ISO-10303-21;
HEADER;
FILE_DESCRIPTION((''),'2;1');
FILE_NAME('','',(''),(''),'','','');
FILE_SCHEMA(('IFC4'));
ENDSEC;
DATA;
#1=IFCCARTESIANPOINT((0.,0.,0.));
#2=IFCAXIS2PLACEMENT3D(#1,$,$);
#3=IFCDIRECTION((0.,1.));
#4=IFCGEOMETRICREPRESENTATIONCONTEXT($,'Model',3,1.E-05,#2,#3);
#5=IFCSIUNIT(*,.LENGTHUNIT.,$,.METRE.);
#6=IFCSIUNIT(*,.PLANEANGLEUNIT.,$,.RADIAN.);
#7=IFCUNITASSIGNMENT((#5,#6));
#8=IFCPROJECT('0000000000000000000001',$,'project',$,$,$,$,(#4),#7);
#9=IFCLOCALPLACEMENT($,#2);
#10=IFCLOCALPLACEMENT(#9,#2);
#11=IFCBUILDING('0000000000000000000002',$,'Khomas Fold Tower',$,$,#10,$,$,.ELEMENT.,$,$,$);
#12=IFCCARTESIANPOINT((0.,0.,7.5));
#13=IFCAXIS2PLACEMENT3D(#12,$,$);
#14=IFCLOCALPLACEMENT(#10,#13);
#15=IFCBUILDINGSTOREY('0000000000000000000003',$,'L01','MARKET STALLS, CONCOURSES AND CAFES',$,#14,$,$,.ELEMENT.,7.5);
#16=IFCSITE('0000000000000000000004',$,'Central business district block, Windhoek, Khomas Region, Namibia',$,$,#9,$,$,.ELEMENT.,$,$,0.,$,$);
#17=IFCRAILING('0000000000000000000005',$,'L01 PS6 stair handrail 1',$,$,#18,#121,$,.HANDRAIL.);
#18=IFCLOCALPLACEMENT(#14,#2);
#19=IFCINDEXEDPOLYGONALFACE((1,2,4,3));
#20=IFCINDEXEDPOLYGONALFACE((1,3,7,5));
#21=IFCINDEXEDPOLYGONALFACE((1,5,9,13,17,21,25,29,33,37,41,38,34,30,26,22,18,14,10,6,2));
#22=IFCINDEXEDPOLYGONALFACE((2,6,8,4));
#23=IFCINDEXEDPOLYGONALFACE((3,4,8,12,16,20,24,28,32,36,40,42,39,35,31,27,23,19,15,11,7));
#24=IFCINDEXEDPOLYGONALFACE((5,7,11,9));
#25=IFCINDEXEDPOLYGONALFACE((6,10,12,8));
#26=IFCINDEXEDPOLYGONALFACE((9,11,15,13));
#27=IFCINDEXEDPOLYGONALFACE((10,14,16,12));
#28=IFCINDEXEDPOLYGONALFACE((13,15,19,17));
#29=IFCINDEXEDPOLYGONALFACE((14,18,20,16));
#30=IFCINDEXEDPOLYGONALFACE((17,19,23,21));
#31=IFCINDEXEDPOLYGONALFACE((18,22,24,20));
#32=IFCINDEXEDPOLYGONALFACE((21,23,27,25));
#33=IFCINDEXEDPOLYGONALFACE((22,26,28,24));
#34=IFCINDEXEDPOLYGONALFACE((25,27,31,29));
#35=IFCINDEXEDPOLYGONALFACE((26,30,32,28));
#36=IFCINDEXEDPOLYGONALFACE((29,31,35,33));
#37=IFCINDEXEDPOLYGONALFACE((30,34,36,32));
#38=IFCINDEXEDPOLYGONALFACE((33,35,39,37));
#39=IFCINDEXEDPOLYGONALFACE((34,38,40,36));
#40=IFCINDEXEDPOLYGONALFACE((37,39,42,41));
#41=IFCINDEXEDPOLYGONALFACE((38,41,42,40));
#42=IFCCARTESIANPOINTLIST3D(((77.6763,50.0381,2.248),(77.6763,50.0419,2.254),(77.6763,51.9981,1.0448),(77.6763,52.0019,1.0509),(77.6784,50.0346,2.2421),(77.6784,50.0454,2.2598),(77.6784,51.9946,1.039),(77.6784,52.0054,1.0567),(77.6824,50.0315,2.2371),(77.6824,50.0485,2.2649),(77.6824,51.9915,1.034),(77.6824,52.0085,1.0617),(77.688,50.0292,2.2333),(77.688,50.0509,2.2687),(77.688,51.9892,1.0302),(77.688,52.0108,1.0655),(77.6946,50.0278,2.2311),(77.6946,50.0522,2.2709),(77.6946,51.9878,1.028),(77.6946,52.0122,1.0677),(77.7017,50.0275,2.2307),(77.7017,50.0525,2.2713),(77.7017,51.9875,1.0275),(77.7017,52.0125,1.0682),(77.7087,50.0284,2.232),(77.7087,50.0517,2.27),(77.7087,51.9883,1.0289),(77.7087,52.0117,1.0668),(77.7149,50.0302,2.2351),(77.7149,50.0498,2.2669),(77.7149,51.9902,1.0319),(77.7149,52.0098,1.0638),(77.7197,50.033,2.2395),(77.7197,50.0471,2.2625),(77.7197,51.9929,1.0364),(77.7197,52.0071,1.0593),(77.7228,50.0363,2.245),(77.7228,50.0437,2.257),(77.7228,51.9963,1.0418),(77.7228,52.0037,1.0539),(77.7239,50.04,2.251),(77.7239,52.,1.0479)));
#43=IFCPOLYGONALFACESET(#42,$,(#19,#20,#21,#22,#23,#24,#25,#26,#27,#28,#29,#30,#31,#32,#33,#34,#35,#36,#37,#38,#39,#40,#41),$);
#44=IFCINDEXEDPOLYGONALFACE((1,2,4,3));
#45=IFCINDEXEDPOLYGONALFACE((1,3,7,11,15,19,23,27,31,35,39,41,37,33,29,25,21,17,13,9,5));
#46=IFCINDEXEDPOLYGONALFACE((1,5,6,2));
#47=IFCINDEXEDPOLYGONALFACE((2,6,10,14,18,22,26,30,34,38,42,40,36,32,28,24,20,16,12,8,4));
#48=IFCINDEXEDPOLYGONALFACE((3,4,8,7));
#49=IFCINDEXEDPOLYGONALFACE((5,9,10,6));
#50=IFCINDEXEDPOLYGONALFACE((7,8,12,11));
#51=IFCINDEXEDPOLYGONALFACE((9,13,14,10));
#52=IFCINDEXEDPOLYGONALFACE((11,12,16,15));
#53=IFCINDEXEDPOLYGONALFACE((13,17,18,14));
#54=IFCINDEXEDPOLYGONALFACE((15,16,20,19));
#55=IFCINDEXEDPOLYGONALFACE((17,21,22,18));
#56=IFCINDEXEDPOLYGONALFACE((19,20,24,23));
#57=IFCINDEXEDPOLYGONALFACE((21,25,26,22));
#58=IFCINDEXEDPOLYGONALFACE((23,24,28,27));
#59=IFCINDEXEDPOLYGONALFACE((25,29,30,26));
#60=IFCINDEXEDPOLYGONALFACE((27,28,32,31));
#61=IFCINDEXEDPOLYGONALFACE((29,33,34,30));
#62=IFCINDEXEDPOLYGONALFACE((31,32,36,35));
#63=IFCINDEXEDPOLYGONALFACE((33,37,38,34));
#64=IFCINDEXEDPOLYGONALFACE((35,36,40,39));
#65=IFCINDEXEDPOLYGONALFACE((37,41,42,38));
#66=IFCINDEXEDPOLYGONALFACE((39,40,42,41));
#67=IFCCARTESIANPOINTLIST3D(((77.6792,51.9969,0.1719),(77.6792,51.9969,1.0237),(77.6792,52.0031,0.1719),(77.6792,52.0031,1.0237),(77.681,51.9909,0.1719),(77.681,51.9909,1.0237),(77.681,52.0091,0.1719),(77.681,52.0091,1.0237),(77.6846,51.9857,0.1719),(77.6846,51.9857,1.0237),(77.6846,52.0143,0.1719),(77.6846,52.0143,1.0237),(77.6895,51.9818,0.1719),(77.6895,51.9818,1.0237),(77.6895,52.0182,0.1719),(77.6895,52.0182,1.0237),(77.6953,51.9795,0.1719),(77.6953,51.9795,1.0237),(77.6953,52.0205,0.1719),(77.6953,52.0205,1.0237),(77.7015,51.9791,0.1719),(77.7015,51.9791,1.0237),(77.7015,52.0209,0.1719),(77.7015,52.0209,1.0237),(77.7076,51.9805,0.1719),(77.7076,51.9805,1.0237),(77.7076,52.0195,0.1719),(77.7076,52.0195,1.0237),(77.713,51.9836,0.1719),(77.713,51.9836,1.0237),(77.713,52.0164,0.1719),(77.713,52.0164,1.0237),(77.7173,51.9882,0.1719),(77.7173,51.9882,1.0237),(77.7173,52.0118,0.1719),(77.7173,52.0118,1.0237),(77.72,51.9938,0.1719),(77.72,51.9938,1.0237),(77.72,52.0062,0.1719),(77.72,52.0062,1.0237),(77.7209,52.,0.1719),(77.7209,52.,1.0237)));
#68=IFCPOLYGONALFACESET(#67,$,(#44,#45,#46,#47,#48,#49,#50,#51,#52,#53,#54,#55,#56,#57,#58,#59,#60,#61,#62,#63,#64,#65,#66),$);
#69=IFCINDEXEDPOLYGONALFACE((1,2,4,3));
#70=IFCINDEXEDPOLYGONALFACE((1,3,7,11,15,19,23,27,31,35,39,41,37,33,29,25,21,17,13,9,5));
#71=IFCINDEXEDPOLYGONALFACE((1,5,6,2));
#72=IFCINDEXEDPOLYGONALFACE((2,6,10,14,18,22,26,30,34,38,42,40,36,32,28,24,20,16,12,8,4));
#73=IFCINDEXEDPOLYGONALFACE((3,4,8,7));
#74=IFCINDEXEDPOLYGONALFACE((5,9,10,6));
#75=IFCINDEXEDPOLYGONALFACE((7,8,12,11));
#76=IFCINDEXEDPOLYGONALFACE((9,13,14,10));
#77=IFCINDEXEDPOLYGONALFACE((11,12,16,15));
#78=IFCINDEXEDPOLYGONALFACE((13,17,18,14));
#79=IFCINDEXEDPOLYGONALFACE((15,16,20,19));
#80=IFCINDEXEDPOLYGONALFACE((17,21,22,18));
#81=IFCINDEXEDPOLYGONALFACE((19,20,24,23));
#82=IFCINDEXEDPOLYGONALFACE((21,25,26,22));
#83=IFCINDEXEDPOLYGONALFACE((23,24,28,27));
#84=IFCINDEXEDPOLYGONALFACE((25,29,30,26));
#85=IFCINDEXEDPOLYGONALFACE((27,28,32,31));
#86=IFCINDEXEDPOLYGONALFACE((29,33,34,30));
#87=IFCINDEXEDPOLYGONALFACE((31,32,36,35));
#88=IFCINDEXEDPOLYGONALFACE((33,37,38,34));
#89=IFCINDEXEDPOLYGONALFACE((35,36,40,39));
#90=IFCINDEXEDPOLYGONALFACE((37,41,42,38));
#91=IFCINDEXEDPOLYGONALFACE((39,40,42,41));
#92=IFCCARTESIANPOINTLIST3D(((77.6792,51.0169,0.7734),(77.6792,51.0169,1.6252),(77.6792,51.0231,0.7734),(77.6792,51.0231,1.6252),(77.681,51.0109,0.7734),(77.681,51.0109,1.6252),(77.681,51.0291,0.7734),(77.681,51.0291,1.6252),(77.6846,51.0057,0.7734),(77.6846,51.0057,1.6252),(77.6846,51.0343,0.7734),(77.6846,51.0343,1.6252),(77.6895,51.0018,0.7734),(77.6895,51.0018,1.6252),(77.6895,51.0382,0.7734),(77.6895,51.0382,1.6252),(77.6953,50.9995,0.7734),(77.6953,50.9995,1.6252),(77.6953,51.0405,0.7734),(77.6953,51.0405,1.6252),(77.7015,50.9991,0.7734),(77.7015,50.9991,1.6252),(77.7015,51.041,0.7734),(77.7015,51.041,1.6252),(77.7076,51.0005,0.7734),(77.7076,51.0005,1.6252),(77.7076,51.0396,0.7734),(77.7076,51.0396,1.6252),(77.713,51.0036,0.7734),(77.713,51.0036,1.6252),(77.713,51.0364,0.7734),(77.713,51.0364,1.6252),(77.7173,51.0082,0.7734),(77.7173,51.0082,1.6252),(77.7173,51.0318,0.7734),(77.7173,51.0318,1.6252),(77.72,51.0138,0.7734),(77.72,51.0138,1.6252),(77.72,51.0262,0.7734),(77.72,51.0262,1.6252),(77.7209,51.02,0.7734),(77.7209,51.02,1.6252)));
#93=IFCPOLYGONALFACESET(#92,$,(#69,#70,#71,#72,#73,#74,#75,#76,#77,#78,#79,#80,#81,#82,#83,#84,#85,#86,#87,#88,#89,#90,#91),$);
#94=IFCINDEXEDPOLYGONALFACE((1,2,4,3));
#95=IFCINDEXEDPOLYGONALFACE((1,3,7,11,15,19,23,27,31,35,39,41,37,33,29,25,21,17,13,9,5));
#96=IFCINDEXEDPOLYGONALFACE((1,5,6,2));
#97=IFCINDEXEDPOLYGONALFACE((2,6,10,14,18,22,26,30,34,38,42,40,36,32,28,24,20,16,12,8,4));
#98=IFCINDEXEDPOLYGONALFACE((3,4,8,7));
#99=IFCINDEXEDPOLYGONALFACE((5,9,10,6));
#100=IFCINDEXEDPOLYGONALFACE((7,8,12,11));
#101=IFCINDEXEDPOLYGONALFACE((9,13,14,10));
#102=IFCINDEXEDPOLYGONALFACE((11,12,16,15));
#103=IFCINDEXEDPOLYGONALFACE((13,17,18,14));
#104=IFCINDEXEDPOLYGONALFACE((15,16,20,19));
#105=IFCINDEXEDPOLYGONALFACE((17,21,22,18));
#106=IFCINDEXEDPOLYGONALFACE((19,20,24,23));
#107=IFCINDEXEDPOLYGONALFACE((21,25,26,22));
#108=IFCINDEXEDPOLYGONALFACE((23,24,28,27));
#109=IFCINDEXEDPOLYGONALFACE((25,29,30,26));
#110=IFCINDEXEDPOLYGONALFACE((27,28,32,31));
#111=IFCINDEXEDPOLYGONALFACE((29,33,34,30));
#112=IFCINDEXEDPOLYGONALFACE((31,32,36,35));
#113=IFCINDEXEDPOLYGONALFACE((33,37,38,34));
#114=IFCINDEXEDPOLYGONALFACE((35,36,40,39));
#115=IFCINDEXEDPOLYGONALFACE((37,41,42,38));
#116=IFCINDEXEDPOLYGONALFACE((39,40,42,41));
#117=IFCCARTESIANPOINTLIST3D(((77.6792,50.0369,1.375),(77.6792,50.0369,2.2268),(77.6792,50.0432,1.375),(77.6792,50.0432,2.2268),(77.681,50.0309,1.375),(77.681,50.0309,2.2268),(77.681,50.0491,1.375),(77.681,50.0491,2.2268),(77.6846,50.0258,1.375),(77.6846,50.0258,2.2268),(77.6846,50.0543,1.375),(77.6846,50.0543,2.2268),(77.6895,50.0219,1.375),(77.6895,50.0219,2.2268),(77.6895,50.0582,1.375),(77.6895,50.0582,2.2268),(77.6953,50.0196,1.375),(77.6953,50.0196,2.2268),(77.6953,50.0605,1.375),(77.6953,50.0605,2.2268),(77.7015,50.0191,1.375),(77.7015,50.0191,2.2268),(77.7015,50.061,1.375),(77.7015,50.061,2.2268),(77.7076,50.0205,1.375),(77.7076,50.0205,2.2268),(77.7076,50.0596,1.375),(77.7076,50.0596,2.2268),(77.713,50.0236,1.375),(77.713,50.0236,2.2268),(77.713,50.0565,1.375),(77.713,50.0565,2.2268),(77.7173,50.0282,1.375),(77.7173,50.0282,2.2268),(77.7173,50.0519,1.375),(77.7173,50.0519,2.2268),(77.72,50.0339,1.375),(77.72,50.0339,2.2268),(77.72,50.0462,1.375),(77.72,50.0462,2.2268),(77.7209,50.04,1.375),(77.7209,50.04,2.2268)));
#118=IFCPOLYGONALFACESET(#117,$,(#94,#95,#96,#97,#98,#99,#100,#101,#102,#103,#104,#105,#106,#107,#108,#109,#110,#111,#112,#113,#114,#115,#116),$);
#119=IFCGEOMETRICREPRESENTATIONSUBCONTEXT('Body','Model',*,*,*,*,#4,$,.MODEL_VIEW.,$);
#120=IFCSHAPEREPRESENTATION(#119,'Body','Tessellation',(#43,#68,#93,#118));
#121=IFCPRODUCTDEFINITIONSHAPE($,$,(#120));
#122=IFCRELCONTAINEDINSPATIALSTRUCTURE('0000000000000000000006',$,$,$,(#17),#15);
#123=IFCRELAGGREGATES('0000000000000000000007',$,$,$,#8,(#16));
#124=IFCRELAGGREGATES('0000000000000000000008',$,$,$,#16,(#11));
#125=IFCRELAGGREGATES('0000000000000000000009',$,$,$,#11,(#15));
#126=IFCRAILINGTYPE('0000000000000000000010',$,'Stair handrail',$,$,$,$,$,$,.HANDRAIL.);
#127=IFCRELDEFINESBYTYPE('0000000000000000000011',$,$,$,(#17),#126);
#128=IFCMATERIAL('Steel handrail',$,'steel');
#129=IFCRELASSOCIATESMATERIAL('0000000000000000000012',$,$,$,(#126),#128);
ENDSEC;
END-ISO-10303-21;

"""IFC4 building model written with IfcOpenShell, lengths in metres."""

from ifc_helpers import new_model, si_unit, direction, frame, origin, origin_2d, place, context, subcontext, project, spatial, circle, extrude, source, transform, mapped, material, type_object, element, save


model = new_model("IFC4")

# Units and contexts
model_context = context("Model", 3, precision=1e-05, world=origin(), true_north=direction((0.0, 1.0)))
body_context = subcontext(model_context, "Body", "Model", "MODEL_VIEW")
ifc_project = project(units=[si_unit("LENGTHUNIT", "METRE"), si_unit("PLANEANGLEUNIT", "RADIAN")], contexts=[model_context])

# Site, building, storey
site_placement = place(None, origin())
site = spatial("IfcSite", under=ifc_project, at=site_placement, Name="Central business district block, Windhoek, Khomas Region, Namibia", CompositionType="ELEMENT", RefElevation=0.0)
building_placement = place(site_placement, origin())
building = spatial("IfcBuilding", under=site, at=building_placement, Name="Khomas Fold Tower", CompositionType="ELEMENT")
storey_placement = place(building_placement, frame((0.0, 0.0, 7.5)))
storey = spatial("IfcBuildingStorey", under=building, at=storey_placement, Name="L01", Description="MARKET STALLS, CONCOURSES AND CAFES", CompositionType="ELEMENT", Elevation=7.5)

# Railing
ifc_material_1 = material(Name="Steel handrail", Category="steel")
railing_type_1 = type_object("IfcRailingType", Name="Stair handrail", PredefinedType="HANDRAIL", material=ifc_material_1)
shared_shape_1 = source(origin(), body_context, "Body", "SweptSolid", [
    extrude(circle(Radius=0.0239, at=origin_2d()), frame((0.0, 0.0, 0.876), z_axis=(0.0, -0.852241, 0.523149), x_axis=(1.0, 0.0, 0.0)), (0.0, 0.0, 1.0), 2.2998),
    extrude(circle(Radius=0.021, at=origin_2d()), origin(), (0.0, 0.0, 1.0), 0.8518),
    extrude(circle(Radius=0.021, at=origin_2d()), frame((0.0, -0.98, 0.6016)), (0.0, 0.0, 1.0), 0.8518),
    extrude(circle(Radius=0.021, at=origin_2d()), frame((0.0, -1.96, 1.2031)), (0.0, 0.0, 1.0), 0.8518),
])
for number, where, name in (
    (1, (77.7, 52.0, 0.1719), "L01 PS6 stair handrail 1"),
):
    element("IfcRailing", number, at=place(storey_placement, frame(where)), inside=storey, type_object=railing_type_1, Name=name, PredefinedType="HANDRAIL", context=body_context, shape_type="MappedRepresentation", body=[
        mapped(shared_shape_1, transform((0.0, 0.0, 0.0))),
    ])

save(model, "model.ifc")
